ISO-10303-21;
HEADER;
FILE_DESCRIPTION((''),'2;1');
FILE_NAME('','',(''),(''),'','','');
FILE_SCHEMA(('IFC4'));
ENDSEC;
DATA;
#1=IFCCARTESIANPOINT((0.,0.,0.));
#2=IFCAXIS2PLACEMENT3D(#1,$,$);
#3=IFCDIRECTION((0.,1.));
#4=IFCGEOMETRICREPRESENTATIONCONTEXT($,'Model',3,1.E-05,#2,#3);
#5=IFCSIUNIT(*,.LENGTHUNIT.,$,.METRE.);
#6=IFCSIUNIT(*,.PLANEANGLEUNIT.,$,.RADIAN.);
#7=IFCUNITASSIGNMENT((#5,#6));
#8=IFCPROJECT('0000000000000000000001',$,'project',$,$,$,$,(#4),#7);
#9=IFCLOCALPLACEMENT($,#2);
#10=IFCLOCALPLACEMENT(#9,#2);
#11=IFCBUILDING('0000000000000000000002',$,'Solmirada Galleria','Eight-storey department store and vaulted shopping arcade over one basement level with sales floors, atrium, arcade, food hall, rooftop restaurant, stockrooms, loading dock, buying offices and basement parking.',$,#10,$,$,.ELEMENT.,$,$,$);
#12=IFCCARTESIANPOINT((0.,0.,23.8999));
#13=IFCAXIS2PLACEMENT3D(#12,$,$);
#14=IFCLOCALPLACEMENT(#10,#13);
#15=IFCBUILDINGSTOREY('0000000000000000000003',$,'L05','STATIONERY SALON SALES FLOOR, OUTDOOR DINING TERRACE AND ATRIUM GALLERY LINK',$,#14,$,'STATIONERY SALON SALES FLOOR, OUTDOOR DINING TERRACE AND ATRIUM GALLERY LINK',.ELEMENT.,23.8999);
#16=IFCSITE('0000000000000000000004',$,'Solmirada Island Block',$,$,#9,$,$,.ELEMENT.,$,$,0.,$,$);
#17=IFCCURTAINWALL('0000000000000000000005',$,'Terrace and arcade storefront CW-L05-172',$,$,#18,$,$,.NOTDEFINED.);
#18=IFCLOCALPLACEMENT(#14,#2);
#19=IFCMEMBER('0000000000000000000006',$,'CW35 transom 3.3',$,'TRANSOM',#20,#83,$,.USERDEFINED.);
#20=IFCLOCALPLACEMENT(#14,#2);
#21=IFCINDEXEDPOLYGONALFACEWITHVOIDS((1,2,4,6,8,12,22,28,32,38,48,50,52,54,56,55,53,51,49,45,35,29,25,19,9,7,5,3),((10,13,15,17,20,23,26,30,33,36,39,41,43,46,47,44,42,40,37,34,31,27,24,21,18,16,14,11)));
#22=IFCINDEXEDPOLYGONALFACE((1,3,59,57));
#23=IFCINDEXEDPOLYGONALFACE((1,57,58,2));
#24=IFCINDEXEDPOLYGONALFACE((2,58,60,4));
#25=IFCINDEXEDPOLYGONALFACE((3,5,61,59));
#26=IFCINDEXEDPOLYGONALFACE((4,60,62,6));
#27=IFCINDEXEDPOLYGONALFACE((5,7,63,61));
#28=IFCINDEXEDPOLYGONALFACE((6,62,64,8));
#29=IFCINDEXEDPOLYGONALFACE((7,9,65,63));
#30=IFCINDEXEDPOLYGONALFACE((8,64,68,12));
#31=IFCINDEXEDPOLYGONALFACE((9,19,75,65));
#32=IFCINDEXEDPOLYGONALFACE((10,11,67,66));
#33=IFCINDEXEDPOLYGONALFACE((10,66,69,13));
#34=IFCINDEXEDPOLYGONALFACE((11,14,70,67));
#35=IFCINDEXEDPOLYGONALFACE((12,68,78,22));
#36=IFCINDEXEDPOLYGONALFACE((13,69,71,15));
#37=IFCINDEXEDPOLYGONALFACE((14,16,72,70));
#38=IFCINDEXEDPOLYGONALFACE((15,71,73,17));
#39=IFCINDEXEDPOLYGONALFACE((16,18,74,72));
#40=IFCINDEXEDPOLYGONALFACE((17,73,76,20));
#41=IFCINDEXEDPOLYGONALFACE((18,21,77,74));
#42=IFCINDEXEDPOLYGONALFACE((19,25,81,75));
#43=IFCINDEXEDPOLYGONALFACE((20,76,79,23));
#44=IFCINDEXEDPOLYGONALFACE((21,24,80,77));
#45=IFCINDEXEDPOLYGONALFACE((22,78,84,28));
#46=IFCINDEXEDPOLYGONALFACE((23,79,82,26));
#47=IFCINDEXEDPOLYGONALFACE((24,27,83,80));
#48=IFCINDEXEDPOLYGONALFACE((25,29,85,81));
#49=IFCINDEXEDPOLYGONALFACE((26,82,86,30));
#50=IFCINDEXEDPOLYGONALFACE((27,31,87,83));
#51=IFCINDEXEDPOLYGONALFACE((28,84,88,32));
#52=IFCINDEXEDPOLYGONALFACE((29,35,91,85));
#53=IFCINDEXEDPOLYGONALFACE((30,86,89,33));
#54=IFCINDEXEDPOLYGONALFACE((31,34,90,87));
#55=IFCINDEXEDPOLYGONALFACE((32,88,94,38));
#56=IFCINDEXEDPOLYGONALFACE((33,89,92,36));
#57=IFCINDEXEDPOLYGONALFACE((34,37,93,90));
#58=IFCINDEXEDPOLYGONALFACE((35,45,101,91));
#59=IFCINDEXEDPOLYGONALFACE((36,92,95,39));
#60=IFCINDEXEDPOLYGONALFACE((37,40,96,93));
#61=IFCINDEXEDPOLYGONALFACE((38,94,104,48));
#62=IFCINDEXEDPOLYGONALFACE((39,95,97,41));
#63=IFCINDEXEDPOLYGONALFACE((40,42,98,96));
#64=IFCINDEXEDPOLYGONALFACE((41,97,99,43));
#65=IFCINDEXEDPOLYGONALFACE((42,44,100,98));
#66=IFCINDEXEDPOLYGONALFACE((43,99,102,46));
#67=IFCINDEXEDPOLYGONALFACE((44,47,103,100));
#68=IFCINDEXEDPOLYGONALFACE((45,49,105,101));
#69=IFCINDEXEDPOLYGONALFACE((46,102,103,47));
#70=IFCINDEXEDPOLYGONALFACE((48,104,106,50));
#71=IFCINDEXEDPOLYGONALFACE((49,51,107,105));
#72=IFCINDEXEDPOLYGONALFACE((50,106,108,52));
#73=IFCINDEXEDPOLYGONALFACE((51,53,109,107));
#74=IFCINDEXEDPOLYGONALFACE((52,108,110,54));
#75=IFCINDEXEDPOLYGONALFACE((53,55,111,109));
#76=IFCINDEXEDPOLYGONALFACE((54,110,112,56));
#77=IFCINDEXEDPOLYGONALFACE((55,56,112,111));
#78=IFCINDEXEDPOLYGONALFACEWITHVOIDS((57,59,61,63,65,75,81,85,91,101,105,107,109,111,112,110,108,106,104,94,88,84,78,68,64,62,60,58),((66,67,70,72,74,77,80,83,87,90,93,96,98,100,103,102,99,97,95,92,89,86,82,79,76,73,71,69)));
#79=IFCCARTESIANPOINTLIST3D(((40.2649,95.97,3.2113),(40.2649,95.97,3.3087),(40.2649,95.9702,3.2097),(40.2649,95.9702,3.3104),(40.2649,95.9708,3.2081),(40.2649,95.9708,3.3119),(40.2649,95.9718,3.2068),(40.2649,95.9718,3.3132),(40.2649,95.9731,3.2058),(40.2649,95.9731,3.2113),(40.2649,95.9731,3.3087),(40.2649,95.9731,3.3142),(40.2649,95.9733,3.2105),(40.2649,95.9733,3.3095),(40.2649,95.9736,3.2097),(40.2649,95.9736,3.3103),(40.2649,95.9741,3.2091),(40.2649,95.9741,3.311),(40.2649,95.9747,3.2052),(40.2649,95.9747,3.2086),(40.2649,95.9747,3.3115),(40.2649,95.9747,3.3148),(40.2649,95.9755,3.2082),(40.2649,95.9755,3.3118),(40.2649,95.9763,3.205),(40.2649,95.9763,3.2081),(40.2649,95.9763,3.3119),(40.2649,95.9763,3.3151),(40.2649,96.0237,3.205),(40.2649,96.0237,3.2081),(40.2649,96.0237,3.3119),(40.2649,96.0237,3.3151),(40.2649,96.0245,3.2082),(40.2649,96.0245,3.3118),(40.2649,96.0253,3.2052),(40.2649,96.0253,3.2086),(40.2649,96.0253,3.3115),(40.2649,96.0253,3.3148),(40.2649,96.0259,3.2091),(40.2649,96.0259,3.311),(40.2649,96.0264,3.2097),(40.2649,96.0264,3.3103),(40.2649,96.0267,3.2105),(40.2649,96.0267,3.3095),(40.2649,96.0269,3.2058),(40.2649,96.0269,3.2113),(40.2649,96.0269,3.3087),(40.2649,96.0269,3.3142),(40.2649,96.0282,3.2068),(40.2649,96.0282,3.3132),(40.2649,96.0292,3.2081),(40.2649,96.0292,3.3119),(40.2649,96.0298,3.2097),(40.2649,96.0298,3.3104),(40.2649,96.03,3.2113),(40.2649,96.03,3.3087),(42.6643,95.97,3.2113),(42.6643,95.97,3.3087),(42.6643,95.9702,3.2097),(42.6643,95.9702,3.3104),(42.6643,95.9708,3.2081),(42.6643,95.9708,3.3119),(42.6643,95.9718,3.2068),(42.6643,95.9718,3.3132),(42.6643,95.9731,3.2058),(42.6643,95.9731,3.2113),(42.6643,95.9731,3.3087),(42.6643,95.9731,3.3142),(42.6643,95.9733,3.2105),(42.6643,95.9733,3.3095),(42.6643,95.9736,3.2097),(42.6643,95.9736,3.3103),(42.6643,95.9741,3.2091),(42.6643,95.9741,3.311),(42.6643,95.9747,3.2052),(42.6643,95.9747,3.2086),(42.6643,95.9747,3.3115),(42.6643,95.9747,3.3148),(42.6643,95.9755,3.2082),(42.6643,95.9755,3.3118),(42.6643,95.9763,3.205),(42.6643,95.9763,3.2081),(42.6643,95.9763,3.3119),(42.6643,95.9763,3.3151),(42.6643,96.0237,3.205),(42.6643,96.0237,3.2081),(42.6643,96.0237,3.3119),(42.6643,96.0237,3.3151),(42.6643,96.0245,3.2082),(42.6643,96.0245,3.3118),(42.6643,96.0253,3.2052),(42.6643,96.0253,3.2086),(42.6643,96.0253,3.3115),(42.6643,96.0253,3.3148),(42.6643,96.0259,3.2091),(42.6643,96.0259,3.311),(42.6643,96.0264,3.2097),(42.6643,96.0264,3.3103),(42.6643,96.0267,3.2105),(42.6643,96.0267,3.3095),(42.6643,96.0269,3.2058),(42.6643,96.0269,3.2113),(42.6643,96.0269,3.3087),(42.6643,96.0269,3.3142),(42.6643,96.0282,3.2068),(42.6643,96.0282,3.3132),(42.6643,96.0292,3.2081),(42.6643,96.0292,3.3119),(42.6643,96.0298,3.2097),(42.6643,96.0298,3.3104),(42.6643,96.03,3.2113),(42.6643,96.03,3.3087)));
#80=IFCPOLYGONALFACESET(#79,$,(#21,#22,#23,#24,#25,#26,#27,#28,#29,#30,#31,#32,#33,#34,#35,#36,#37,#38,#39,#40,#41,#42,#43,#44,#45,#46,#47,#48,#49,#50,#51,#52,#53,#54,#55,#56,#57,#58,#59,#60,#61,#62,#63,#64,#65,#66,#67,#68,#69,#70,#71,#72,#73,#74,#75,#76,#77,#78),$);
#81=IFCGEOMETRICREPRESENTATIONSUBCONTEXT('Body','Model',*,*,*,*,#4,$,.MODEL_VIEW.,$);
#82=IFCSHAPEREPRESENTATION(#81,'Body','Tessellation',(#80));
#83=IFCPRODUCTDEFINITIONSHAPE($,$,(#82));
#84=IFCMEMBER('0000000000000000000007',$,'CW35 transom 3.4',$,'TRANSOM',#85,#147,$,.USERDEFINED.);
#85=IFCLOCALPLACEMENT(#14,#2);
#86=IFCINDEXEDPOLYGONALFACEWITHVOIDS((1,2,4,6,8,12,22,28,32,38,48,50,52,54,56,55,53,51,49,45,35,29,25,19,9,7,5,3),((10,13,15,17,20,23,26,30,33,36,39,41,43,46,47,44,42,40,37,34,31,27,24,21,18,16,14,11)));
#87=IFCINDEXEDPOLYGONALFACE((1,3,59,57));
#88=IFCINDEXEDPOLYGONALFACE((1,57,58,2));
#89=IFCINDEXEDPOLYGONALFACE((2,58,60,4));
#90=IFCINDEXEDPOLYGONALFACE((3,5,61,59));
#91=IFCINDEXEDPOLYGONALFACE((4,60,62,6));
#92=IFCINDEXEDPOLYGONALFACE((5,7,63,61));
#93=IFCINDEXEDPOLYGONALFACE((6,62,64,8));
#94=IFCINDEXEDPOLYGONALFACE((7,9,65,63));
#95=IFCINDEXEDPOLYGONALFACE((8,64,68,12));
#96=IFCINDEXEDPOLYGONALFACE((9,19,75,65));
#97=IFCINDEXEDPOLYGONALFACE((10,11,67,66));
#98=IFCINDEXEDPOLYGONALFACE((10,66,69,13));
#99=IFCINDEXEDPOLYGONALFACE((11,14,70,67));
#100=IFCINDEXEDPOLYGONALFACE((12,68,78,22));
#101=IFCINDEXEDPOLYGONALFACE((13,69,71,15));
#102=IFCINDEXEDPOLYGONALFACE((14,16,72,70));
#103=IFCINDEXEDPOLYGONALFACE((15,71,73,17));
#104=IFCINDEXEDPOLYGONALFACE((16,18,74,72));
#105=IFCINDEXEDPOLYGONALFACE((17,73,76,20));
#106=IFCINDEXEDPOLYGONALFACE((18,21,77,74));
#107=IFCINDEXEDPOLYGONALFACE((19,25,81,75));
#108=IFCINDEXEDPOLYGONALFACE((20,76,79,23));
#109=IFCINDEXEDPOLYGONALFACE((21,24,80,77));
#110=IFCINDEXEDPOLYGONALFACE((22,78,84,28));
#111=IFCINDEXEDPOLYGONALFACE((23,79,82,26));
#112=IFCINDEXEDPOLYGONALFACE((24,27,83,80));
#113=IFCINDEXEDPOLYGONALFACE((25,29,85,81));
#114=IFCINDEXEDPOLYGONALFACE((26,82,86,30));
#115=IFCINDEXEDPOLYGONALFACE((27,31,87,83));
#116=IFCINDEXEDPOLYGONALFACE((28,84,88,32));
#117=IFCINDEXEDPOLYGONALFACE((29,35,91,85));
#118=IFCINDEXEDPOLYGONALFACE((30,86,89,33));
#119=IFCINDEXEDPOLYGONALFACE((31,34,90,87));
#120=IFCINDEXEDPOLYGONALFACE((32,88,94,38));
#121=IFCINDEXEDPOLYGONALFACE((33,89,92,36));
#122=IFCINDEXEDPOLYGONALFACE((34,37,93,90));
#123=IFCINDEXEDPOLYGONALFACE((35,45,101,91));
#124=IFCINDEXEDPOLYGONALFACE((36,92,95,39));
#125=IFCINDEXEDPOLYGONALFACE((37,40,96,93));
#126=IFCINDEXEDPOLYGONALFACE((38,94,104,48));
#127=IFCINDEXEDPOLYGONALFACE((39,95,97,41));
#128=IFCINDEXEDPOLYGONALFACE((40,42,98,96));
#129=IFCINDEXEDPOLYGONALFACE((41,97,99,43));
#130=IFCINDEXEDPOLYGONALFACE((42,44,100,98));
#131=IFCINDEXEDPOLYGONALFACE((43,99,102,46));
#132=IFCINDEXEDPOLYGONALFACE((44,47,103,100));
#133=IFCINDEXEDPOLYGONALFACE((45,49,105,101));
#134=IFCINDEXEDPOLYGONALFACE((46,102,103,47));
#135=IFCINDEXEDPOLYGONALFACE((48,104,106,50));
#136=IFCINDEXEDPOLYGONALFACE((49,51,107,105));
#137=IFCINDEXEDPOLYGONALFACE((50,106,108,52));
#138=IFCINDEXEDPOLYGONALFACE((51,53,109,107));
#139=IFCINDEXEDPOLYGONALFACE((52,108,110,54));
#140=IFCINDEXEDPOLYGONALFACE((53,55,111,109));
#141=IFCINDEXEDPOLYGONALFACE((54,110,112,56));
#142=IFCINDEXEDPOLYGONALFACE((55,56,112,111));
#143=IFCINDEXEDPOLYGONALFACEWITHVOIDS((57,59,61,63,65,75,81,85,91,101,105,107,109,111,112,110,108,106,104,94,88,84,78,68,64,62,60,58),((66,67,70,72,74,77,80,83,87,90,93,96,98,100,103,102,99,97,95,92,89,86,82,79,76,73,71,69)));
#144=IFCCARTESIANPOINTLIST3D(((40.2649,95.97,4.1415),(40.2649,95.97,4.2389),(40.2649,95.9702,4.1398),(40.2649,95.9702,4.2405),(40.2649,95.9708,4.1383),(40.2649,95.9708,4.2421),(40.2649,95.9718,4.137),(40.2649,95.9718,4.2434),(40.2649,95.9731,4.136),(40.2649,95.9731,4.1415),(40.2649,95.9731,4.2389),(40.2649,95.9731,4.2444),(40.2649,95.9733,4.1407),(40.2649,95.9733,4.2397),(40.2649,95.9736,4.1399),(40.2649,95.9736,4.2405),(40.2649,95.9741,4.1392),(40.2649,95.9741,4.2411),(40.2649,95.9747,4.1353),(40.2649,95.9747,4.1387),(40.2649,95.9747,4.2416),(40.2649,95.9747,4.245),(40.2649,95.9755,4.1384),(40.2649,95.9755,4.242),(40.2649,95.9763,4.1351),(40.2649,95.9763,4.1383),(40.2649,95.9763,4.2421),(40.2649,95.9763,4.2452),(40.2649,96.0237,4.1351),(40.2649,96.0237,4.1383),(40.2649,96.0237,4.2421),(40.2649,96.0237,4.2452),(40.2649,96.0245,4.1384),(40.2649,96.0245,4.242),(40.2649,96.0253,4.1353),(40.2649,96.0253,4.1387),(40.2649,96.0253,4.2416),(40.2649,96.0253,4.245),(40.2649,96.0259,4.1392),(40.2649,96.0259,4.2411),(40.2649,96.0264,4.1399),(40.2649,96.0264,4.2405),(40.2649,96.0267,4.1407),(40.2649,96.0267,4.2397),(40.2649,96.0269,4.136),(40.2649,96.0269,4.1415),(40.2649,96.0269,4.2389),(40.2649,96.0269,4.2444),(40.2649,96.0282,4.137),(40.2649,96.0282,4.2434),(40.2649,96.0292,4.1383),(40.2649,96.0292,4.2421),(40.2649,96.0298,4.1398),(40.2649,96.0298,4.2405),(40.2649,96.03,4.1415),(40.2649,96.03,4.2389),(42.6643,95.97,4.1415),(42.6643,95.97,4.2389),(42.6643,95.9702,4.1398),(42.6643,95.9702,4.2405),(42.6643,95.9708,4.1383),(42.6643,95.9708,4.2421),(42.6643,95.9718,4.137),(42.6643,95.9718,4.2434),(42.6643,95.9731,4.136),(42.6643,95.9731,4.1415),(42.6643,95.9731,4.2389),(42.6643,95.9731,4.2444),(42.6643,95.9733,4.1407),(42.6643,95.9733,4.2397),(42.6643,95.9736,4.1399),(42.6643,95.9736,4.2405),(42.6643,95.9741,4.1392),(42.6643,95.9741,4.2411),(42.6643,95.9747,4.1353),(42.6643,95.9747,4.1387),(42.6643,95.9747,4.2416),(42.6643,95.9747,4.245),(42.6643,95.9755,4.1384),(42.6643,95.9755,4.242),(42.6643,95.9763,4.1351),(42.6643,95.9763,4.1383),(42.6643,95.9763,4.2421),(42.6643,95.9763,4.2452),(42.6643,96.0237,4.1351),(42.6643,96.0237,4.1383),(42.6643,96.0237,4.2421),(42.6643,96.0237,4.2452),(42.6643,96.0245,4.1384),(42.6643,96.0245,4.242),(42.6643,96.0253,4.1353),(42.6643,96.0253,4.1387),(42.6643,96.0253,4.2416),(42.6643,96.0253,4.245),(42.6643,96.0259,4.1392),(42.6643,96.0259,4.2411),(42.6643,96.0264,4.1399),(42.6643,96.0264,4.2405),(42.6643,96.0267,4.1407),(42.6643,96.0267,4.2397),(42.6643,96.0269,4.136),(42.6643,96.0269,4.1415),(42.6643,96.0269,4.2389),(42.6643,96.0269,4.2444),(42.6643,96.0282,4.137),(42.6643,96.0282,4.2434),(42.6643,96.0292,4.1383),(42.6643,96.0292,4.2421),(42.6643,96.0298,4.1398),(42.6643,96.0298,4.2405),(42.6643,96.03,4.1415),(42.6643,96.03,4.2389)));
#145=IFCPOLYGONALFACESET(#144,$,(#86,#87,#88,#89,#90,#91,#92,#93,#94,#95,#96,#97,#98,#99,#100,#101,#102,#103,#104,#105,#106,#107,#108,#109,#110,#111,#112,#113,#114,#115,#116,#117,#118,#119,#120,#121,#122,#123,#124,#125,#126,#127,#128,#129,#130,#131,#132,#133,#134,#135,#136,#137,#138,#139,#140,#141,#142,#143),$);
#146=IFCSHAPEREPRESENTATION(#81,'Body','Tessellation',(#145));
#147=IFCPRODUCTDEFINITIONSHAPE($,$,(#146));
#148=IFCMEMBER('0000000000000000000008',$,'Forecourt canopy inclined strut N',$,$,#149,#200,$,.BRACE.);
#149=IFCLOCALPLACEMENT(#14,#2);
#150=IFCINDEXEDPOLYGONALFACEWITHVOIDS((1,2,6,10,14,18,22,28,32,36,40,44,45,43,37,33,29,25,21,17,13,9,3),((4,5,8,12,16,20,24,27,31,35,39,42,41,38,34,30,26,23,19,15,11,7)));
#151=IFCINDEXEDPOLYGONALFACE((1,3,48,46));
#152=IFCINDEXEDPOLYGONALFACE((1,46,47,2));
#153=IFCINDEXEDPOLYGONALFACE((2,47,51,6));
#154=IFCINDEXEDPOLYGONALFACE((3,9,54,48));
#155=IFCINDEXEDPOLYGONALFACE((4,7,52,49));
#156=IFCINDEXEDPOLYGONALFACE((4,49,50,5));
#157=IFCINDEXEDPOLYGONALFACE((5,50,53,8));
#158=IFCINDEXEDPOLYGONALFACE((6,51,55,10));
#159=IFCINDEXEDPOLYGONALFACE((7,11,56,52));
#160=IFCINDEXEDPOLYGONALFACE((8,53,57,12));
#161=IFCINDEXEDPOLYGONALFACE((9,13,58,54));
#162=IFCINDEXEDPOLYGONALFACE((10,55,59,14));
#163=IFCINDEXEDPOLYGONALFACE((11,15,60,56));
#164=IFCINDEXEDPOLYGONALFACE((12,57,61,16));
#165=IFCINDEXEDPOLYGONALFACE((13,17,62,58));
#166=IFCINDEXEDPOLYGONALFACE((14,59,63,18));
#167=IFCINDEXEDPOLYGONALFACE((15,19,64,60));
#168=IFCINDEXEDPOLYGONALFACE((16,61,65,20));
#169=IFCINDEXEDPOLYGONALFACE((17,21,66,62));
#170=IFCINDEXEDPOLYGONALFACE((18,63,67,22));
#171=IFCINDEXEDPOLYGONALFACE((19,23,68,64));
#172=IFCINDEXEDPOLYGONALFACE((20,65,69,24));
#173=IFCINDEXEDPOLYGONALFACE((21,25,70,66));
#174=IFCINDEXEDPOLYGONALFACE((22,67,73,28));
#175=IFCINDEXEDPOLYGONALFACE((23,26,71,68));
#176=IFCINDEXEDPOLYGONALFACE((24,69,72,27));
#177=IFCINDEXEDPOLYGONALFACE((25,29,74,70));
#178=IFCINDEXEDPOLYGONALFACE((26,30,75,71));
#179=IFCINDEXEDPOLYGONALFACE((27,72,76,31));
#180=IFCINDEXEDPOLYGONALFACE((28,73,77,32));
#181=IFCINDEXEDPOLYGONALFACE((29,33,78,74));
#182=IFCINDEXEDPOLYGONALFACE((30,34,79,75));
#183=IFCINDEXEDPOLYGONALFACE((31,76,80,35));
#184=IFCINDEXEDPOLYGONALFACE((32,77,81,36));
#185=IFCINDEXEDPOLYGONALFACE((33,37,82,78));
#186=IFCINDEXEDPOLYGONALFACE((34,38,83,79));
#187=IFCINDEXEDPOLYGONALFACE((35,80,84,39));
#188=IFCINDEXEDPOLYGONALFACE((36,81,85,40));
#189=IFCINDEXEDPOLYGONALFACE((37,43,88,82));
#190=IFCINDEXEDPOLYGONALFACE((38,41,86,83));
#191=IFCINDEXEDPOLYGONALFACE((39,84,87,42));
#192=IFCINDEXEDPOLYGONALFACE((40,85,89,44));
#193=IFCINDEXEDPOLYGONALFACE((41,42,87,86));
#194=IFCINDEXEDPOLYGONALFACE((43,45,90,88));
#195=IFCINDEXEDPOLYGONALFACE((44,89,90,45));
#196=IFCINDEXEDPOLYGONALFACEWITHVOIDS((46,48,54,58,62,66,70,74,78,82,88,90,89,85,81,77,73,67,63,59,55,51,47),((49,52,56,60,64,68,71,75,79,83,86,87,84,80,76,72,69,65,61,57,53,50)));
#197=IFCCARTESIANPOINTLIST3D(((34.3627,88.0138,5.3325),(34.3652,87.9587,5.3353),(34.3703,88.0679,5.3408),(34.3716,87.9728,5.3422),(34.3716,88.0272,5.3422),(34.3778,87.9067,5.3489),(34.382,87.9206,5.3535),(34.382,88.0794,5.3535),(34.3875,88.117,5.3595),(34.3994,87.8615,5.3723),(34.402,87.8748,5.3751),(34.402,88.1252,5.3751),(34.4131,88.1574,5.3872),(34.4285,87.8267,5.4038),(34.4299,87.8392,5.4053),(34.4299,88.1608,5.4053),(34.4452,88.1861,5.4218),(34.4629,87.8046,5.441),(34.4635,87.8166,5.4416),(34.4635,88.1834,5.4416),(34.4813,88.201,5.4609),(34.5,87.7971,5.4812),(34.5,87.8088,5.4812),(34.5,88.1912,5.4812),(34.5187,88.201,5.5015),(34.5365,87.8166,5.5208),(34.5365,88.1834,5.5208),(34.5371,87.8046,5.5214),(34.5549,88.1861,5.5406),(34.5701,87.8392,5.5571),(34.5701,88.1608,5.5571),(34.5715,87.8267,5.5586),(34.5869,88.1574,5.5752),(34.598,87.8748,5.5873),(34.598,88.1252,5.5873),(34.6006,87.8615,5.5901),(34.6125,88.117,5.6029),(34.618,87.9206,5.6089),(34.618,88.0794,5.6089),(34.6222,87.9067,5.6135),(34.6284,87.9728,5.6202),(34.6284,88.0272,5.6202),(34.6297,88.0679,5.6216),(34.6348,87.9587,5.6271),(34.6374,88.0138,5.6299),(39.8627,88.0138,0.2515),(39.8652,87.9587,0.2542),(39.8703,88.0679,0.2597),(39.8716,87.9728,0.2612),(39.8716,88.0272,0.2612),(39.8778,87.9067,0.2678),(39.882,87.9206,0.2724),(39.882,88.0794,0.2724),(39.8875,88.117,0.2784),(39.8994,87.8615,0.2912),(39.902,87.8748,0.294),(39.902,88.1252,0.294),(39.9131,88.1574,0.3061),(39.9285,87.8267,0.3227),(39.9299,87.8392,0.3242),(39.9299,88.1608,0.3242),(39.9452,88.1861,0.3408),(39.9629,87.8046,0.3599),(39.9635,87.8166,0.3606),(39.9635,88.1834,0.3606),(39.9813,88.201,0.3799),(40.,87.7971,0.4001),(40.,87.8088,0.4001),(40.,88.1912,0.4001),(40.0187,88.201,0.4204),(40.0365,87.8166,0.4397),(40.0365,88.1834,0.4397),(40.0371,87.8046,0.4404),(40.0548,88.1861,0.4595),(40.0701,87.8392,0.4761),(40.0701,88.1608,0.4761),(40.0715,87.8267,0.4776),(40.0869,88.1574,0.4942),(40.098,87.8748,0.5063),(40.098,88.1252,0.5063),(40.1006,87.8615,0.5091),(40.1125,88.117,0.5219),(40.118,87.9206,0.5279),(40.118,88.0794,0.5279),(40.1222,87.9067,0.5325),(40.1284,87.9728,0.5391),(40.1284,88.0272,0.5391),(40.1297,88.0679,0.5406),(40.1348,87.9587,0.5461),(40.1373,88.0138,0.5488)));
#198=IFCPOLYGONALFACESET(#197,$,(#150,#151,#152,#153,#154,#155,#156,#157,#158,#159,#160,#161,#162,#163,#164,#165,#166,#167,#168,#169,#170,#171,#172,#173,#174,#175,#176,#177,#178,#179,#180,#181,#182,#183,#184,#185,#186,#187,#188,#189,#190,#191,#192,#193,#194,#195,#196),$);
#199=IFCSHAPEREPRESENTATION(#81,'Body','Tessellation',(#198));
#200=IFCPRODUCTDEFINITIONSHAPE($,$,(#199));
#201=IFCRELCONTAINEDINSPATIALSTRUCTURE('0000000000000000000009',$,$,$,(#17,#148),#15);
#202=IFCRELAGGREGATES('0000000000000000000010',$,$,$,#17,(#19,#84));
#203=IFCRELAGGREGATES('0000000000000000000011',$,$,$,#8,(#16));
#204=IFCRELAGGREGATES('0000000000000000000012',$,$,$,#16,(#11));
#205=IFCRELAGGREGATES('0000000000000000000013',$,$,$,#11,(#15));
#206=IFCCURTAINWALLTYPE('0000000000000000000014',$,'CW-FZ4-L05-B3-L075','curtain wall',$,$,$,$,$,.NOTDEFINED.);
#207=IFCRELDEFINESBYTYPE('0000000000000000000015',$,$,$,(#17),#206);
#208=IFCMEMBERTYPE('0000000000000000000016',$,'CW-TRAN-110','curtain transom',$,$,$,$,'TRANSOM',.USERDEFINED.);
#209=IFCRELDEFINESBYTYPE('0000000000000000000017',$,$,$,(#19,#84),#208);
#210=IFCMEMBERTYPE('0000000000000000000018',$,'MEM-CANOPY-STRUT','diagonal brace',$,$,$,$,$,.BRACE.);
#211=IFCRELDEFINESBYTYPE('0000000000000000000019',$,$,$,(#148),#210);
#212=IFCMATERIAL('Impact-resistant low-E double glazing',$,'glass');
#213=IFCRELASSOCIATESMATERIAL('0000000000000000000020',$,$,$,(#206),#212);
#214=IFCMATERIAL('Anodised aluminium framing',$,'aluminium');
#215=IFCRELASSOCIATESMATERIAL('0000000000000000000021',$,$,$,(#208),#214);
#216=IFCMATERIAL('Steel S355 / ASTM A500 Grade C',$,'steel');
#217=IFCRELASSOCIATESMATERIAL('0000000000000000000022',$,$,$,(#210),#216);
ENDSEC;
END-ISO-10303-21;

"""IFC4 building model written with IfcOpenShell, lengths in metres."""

from ifc_helpers import new_model, si_unit, direction, frame, origin, origin_2d, place, context, subcontext, project, spatial, hollow_rectangle, hollow_circle, extrude, material, material_profile, profile_set, type_object, element, aggregate, save


model = new_model("IFC4")

# Units and contexts
model_context = context("Model", 3, precision=1e-05, world=origin(), true_north=direction((0.0, 1.0)))
body_context = subcontext(model_context, "Body", "Model", "MODEL_VIEW")
ifc_project = project(units=[si_unit("LENGTHUNIT", "METRE"), si_unit("PLANEANGLEUNIT", "RADIAN")], contexts=[model_context])

# Site, building, storey
site_placement = place(None, origin())
site = spatial("IfcSite", under=ifc_project, at=site_placement, Name="Solmirada Island Block", CompositionType="ELEMENT", RefElevation=0.0)
building_placement = place(site_placement, origin())
building = spatial("IfcBuilding", under=site, at=building_placement, Name="Solmirada Galleria", Description="Eight-storey department store and vaulted shopping arcade over one basement level with sales floors, atrium, arcade, food hall, rooftop restaurant, stockrooms, loading dock, buying offices and basement parking.", CompositionType="ELEMENT")
storey_placement = place(building_placement, frame((0.0, 0.0, 23.8999)))
storey = spatial("IfcBuildingStorey", under=building, at=storey_placement, Name="L05", Description="STATIONERY SALON SALES FLOOR, OUTDOOR DINING TERRACE AND ATRIUM GALLERY LINK", LongName="STATIONERY SALON SALES FLOOR, OUTDOOR DINING TERRACE AND ATRIUM GALLERY LINK", CompositionType="ELEMENT", Elevation=23.8999)

# Shared definitions
ifc_material_1 = material(Name="Steel S355 / ASTM A500 Grade C", Category="steel")

# Curtain wall, members
ifc_material_2 = material(Name="Impact-resistant low-E double glazing", Category="glass")
curtain_wall_type = type_object("IfcCurtainWallType", Name="CW-FZ4-L05-B3-L075", Description="curtain wall", PredefinedType="NOTDEFINED", material=ifc_material_2)
curtain_wall_placement = place(storey_placement, origin())
curtain_wall = element("IfcCurtainWall", 1, at=curtain_wall_placement, inside=storey, type_object=curtain_wall_type, Name="Terrace and arcade storefront CW-L05-172", PredefinedType="NOTDEFINED")
ifc_material_3 = material(Name="Anodised aluminium framing", Category="aluminium")
ifc_material_profile_1 = material_profile(ifc_material_3, hollow_rectangle(XDim=0.0601, YDim=0.1101, WallThickness=0.0032, InnerFilletRadius=0.0032, OuterFilletRadius=0.0063, at=origin_2d()), Name="ALU-TRAN-110X60")
ifc_profile_set_1 = profile_set([ifc_material_profile_1], Name="Anodised aluminium framing")
member_type_1 = type_object("IfcMemberType", Name="CW-TRAN-110", Description="curtain transom", ElementType="TRANSOM", PredefinedType="USERDEFINED", material=ifc_profile_set_1)
member_1_placement = place(storey_placement, frame((42.6643, 96.0, 3.26), z_axis=(-1.0, 0.0, 0.0), x_axis=(0.0, -1.0, 0.0)))
member_1 = element("IfcMember", 2, at=member_1_placement, type_object=member_type_1, Name="CW35 transom 3.3", ObjectType="TRANSOM", PredefinedType="USERDEFINED", context=body_context, shape_type="SweptSolid", body=[
    extrude(hollow_rectangle(XDim=0.0601, YDim=0.1101, WallThickness=0.0032, InnerFilletRadius=0.0032, OuterFilletRadius=0.0063, at=origin_2d()), origin(), (0.0, 0.0, 1.0), 2.3994),
])
member_2_placement = place(storey_placement, frame((42.6643, 96.0, 4.1902), z_axis=(-1.0, 0.0, 0.0), x_axis=(0.0, -1.0, 0.0)))
member_2 = element("IfcMember", 3, at=member_2_placement, type_object=member_type_1, Name="CW35 transom 3.4", ObjectType="TRANSOM", PredefinedType="USERDEFINED", context=body_context, shape_type="SweptSolid", body=[
    extrude(hollow_rectangle(XDim=0.0601, YDim=0.1101, WallThickness=0.0032, InnerFilletRadius=0.0032, OuterFilletRadius=0.0063, at=origin_2d()), origin(), (0.0, 0.0, 1.0), 2.3994),
])

# Member
ifc_material_profile_2 = material_profile(ifc_material_1, hollow_circle(Radius=0.2029, WallThickness=0.0117, at=origin_2d()), Name="HSS16.000X0.500")
ifc_profile_set_2 = profile_set([ifc_material_profile_2], Name="Steel S355 / ASTM A500 Grade C")
member_type_2 = type_object("IfcMemberType", Name="MEM-CANOPY-STRUT", Description="diagonal brace", PredefinedType="BRACE", material=ifc_profile_set_2)
member_3_placement = place(storey_placement, frame((40.0, 88.0, 0.4001), z_axis=(-0.734528, 0.0, 0.678578), x_axis=(0.0, -1.0, 0.0)))
element("IfcMember", 4, at=member_3_placement, inside=storey, type_object=member_type_2, Name="Forecourt canopy inclined strut N", PredefinedType="BRACE", context=body_context, shape_type="SweptSolid", body=[
    extrude(hollow_circle(Radius=0.2029, WallThickness=0.0117, at=origin_2d()), origin(), (0.0, 0.0, 1.0), 7.4878),
])

aggregate(curtain_wall, [member_1, member_2])

save(model, "model.ifc")
